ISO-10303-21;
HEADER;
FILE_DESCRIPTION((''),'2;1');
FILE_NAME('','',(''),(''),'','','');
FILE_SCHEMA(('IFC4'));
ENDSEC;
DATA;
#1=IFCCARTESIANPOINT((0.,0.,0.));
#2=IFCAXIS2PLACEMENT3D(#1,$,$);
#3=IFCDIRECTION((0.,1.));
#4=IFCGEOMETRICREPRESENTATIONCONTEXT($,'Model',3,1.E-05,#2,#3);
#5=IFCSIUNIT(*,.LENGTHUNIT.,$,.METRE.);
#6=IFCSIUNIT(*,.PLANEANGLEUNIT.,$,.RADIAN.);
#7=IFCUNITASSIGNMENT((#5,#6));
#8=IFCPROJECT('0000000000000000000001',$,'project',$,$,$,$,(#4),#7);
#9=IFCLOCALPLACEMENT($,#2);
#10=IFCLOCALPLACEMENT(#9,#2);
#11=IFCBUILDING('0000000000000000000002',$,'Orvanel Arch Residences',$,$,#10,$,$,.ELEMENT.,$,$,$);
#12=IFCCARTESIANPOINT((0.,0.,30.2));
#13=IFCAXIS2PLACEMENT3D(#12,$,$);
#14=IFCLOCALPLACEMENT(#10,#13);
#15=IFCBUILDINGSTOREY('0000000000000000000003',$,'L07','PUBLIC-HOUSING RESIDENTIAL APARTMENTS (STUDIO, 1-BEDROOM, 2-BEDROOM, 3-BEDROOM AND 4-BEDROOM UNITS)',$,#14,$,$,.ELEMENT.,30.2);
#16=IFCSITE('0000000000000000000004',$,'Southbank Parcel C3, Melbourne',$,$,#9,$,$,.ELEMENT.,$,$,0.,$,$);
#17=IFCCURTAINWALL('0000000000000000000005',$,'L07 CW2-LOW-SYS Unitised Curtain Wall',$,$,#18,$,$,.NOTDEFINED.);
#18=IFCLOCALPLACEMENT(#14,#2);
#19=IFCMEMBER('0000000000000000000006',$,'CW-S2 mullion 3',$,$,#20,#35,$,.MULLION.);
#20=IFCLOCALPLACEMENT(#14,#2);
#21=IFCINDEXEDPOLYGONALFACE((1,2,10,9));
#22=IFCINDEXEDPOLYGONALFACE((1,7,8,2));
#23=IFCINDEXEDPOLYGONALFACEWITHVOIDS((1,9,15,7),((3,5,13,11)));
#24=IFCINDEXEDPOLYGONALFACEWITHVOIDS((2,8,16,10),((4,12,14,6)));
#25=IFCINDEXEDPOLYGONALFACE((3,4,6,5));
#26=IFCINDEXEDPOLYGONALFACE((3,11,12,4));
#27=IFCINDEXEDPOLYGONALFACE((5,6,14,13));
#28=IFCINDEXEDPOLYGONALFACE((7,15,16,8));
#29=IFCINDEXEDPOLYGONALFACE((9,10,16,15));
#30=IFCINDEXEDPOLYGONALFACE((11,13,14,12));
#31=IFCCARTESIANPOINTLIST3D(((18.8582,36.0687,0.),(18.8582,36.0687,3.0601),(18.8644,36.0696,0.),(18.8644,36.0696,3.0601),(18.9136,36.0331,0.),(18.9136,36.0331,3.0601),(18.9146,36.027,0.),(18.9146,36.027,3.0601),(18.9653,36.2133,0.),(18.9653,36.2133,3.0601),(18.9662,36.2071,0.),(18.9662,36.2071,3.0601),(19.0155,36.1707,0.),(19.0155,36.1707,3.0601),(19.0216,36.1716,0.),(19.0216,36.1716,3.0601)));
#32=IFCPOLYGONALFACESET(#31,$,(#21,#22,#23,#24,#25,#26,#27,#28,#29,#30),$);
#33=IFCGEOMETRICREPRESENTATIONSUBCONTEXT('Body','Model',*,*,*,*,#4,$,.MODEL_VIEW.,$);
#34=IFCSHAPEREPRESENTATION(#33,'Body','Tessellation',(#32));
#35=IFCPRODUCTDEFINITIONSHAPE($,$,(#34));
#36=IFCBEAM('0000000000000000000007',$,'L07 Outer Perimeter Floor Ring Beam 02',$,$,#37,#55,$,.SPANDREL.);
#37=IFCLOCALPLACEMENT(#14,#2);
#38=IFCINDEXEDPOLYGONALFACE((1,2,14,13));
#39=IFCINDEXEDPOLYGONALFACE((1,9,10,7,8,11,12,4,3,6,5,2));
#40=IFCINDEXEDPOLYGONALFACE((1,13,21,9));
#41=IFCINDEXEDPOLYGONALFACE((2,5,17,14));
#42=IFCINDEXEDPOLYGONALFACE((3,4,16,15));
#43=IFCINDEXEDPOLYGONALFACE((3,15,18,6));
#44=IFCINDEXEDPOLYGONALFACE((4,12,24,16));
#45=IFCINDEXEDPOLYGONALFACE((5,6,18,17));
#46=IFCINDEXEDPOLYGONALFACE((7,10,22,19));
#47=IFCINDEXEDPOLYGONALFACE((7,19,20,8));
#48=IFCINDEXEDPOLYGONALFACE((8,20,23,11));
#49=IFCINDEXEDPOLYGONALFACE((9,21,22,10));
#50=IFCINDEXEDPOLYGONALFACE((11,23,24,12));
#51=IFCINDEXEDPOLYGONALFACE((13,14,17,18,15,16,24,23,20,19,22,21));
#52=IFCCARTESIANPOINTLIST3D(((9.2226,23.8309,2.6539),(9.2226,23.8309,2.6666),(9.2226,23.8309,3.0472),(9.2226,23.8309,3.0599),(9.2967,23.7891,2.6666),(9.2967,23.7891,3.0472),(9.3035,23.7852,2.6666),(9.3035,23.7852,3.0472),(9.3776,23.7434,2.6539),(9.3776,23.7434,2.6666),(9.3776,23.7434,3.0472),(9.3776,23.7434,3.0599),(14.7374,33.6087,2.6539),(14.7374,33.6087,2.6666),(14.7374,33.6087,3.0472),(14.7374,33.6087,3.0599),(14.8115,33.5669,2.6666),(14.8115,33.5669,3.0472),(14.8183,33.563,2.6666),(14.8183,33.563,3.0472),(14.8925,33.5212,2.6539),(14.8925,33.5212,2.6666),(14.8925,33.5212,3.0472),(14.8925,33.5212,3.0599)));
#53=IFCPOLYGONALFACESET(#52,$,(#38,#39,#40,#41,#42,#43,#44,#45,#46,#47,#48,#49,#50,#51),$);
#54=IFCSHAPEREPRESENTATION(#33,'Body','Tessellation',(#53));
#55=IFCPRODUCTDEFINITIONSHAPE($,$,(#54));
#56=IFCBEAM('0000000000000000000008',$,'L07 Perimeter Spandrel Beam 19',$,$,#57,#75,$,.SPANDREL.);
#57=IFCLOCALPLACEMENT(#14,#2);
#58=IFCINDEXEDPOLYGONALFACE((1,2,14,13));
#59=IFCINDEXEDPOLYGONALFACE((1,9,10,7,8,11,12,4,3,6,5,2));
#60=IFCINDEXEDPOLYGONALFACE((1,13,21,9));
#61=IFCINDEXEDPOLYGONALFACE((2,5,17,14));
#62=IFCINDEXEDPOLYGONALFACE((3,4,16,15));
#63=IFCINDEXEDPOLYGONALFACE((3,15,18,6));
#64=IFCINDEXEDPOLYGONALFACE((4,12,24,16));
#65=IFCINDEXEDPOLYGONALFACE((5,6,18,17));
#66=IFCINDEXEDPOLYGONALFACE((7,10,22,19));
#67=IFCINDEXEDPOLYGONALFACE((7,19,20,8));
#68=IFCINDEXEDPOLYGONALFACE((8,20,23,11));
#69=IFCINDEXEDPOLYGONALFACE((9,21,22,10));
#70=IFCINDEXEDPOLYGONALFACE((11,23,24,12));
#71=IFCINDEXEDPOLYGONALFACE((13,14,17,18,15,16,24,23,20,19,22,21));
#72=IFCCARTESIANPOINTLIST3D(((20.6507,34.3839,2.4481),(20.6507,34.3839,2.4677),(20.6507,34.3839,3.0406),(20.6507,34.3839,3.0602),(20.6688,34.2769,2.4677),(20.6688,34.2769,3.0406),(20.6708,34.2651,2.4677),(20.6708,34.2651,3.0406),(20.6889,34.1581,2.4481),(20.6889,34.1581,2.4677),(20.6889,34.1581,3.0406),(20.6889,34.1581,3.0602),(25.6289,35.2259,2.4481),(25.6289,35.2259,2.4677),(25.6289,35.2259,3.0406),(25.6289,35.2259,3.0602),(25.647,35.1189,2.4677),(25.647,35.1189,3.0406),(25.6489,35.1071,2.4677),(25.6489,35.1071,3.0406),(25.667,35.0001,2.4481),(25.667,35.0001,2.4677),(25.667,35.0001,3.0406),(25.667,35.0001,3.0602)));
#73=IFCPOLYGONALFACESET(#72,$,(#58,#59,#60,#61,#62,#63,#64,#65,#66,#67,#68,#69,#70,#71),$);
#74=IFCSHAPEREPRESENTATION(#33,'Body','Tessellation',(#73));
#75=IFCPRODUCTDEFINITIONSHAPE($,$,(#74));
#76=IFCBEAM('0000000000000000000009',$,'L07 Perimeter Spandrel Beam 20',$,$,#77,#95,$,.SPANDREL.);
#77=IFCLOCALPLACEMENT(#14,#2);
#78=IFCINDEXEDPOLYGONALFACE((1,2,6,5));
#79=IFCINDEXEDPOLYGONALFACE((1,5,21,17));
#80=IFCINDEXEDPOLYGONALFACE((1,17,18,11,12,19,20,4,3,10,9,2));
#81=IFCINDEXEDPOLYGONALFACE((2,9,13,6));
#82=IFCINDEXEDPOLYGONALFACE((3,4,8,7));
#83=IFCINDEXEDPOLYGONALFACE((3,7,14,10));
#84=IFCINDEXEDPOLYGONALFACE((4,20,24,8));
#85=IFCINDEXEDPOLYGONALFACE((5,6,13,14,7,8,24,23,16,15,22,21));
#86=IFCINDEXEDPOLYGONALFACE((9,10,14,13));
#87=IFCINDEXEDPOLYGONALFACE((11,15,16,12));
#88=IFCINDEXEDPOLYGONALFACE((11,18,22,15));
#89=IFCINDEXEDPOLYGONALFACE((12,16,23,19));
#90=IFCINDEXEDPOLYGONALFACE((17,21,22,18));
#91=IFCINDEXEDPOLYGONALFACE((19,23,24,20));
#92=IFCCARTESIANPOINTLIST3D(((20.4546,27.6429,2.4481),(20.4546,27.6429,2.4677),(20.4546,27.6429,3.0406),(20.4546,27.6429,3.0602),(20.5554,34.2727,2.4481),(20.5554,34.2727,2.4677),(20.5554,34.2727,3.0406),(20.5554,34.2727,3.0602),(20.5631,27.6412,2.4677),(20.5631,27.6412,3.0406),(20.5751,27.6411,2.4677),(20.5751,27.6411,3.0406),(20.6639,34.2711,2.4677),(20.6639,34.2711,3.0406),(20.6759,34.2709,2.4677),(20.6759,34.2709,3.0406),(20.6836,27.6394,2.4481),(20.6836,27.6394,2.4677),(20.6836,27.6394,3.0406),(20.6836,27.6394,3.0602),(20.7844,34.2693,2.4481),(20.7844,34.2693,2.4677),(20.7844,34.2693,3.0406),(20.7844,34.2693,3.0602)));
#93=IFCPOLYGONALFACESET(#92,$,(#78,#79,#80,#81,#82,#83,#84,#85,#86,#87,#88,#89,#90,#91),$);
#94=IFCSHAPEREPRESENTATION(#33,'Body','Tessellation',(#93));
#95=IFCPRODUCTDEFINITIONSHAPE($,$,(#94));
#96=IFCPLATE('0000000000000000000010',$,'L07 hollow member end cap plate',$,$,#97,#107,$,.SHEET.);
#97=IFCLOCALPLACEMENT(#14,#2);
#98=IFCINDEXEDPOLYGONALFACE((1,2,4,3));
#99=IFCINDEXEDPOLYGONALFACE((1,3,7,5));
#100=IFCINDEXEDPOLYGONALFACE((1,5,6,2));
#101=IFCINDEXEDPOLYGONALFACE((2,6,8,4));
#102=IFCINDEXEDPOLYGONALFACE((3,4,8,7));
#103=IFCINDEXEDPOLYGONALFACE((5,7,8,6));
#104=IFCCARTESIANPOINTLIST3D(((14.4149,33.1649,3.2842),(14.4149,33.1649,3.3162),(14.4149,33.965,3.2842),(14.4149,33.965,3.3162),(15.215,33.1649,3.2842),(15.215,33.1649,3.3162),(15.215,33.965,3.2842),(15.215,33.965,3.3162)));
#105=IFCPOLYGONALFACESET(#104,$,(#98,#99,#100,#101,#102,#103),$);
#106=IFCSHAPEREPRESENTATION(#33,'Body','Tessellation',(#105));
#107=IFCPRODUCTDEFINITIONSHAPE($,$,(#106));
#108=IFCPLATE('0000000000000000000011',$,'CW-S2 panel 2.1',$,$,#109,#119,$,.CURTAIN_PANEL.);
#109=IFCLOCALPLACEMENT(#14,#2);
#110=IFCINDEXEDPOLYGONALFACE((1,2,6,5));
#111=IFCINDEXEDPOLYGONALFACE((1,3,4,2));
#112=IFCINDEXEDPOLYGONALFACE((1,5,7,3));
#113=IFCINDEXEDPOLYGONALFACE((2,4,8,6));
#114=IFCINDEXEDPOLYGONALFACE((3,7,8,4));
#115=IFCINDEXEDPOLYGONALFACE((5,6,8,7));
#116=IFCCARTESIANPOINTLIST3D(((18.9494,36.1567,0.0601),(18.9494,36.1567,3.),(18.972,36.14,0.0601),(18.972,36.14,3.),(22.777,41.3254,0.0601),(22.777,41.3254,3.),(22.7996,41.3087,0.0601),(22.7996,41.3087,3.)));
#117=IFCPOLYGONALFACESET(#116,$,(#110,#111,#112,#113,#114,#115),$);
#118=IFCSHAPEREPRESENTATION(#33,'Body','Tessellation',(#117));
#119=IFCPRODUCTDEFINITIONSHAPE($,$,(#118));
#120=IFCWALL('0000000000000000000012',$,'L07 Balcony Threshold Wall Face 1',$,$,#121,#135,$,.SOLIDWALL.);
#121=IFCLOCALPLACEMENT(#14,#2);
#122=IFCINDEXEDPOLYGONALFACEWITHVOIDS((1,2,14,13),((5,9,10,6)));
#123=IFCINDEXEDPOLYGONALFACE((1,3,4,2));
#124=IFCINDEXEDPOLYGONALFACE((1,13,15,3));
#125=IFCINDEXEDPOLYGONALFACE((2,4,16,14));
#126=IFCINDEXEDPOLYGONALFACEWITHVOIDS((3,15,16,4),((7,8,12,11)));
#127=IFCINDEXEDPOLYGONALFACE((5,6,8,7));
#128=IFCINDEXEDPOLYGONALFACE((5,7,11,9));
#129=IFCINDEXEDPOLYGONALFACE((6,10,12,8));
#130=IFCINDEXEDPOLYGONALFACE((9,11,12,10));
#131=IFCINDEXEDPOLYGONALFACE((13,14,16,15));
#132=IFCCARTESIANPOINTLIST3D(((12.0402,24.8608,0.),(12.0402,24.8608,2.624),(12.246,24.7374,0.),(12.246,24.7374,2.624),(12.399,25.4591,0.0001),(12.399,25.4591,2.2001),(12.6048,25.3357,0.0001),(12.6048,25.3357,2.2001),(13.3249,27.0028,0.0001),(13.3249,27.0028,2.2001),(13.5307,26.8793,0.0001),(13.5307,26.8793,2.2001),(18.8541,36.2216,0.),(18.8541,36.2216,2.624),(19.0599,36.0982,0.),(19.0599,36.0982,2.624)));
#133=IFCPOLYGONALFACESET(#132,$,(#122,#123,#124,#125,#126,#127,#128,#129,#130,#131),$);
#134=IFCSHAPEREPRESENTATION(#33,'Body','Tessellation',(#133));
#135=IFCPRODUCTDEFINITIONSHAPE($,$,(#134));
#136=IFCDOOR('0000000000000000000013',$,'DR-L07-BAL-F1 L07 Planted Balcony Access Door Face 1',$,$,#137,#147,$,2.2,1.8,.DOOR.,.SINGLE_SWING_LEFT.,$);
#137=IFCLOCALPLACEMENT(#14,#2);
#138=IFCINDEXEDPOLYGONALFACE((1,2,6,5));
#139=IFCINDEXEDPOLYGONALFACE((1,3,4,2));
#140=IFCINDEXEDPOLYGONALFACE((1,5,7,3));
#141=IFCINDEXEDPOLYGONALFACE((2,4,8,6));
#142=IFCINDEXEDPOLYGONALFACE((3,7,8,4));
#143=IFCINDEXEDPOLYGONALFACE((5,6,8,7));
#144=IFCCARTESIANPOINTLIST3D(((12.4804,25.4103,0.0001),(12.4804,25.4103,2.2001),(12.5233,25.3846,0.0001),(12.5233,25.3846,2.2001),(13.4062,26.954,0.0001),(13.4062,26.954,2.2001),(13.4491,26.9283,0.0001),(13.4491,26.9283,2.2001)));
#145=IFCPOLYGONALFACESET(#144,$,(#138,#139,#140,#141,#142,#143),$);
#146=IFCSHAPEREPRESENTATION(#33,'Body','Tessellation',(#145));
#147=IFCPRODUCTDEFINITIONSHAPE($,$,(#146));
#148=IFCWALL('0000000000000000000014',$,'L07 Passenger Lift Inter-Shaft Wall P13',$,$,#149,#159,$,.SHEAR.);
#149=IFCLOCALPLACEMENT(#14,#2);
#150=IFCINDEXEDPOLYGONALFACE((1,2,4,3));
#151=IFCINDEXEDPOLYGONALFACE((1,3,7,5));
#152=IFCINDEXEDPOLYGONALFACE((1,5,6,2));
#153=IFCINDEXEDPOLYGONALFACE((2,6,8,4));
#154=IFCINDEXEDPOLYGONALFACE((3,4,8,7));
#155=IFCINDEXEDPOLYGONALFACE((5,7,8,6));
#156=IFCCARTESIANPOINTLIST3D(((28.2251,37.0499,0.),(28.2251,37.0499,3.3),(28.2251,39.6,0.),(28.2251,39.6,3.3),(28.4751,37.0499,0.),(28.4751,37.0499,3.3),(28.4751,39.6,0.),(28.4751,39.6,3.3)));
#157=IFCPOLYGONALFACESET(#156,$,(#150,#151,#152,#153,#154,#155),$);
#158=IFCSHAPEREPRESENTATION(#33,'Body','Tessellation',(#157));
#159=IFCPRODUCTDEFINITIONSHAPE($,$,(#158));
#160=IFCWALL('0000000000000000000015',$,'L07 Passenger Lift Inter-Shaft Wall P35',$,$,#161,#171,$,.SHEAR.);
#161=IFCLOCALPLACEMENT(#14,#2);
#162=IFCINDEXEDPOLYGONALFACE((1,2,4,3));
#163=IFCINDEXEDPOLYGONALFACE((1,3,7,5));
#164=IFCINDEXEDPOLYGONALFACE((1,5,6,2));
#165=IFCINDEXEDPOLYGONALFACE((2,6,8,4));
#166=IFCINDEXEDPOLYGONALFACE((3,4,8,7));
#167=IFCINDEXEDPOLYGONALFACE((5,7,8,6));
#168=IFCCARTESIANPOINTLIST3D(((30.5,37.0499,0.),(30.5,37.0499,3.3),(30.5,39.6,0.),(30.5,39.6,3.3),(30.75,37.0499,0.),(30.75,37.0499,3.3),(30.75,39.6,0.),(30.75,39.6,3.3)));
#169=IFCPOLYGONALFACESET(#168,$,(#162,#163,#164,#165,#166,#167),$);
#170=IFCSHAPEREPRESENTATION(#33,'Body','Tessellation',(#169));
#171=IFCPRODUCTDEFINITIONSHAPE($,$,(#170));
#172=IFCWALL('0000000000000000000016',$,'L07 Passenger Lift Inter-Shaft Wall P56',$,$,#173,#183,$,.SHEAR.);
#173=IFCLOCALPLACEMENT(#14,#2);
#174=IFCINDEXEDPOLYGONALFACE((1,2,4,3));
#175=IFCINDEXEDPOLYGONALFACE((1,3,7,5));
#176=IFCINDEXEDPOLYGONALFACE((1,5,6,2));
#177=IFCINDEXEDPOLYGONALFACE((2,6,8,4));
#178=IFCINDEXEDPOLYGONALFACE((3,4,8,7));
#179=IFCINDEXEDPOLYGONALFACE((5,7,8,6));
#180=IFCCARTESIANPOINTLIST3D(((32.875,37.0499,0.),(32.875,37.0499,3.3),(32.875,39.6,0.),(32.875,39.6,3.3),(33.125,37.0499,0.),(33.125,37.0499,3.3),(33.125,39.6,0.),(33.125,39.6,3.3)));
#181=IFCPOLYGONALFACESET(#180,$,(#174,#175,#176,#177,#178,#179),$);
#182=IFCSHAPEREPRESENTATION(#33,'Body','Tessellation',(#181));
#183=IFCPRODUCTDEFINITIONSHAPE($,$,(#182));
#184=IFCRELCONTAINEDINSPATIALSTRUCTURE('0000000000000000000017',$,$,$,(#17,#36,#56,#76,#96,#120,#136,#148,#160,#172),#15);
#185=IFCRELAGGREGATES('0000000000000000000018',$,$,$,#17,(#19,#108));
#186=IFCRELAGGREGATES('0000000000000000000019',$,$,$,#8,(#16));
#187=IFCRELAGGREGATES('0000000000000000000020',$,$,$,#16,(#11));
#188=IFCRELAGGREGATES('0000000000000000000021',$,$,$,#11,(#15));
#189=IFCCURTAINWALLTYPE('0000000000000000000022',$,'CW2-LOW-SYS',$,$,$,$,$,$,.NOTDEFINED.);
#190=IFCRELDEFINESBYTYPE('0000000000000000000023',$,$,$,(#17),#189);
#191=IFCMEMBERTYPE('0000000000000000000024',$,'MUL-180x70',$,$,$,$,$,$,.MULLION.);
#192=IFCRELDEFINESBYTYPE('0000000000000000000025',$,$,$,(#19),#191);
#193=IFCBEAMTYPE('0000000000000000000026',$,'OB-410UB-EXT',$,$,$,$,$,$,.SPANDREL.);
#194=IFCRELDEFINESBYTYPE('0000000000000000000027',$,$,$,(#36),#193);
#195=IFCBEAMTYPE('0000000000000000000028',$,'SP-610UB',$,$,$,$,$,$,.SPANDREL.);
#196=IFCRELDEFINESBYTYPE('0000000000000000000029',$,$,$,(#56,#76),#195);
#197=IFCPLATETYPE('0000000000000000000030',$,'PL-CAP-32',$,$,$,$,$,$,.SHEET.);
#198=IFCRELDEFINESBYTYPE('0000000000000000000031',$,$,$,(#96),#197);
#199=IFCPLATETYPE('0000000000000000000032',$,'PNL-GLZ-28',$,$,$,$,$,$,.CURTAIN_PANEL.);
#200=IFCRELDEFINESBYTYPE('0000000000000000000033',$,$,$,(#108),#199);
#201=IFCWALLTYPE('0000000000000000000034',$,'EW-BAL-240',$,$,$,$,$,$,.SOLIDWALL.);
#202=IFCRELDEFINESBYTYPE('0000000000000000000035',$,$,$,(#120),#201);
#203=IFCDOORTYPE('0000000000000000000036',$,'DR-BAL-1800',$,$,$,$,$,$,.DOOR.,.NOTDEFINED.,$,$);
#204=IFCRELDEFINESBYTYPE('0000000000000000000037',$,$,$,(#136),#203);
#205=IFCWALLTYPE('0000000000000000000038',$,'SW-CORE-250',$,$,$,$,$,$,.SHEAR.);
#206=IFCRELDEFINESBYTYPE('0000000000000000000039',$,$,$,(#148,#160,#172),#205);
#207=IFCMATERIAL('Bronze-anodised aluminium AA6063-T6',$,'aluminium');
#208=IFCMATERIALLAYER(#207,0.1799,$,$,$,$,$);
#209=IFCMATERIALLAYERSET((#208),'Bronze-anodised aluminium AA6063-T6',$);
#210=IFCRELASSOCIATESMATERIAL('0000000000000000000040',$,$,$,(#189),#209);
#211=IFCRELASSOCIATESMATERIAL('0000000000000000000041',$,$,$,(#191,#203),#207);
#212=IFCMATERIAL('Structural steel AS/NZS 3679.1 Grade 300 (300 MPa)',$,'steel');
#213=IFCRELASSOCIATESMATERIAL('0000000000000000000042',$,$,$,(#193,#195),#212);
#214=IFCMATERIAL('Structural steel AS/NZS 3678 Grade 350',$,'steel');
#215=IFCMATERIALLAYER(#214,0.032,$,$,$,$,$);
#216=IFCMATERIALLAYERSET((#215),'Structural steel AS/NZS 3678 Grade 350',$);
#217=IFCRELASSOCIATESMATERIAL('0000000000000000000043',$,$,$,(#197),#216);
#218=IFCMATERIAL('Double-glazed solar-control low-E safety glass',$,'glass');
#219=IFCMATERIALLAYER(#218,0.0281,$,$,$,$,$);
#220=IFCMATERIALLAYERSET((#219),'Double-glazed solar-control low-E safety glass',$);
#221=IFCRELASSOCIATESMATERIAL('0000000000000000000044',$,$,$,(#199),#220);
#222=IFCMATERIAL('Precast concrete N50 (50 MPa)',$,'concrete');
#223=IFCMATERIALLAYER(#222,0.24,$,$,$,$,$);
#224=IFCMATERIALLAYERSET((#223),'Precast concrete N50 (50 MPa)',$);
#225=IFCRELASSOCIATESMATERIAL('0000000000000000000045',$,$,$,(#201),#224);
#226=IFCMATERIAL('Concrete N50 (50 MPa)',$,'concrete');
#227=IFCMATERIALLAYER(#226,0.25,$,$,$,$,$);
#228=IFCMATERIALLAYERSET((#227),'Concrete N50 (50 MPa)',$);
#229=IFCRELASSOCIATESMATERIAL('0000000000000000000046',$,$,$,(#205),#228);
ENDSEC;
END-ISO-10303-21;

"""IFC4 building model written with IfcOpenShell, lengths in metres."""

from ifc_helpers import new_model, si_unit, direction, frame, frame_2d, origin, origin_2d, place, context, subcontext, project, spatial, rectangle, hollow_rectangle, i_section, extrude, material, layer, layer_set, material_profile, profile_set, type_object, element, fill, aggregate, save


model = new_model("IFC4")

# Units and contexts
model_context = context("Model", 3, precision=1e-05, world=origin(), true_north=direction((0.0, 1.0)))
body_context = subcontext(model_context, "Body", "Model", "MODEL_VIEW")
ifc_project = project(units=[si_unit("LENGTHUNIT", "METRE"), si_unit("PLANEANGLEUNIT", "RADIAN")], contexts=[model_context])

# Site, building, storey
site_placement = place(None, origin())
site = spatial("IfcSite", under=ifc_project, at=site_placement, Name="Southbank Parcel C3, Melbourne", CompositionType="ELEMENT", RefElevation=0.0)
building_placement = place(site_placement, origin())
building = spatial("IfcBuilding", under=site, at=building_placement, Name="Orvanel Arch Residences", CompositionType="ELEMENT")
storey_placement = place(building_placement, frame((0.0, 0.0, 30.2)))
storey = spatial("IfcBuildingStorey", under=building, at=storey_placement, Name="L07", Description="PUBLIC-HOUSING RESIDENTIAL APARTMENTS (STUDIO, 1-BEDROOM, 2-BEDROOM, 3-BEDROOM AND 4-BEDROOM UNITS)", CompositionType="ELEMENT", Elevation=30.2)

# Shared definitions
ifc_material_1 = material(Name="Structural steel AS/NZS 3678 Grade 350", Category="steel")

# Shared definitions
ifc_material_2 = material(Name="Structural steel AS/NZS 3679.1 Grade 300 (300 MPa)", Category="steel")

# Curtain wall, member
ifc_material_3 = material(Name="Bronze-anodised aluminium AA6063-T6", Category="aluminium")
ifc_layer_1 = layer(ifc_material_3, 0.1799)
ifc_layer_set_1 = layer_set([ifc_layer_1], Name="Bronze-anodised aluminium AA6063-T6")
curtain_wall_type = type_object("IfcCurtainWallType", Name="CW2-LOW-SYS", PredefinedType="NOTDEFINED", material=ifc_layer_set_1)
curtain_wall_placement = place(storey_placement, origin())
curtain_wall = element("IfcCurtainWall", 1, at=curtain_wall_placement, inside=storey, type_object=curtain_wall_type, Name="L07 CW2-LOW-SYS Unitised Curtain Wall", PredefinedType="NOTDEFINED")
ifc_material_profile_1 = material_profile(ifc_material_3, hollow_rectangle(XDim=0.0701, YDim=0.1799, WallThickness=0.0044, at=origin_2d()), Name="ALU180x70x4.5")
ifc_profile_set_1 = profile_set([ifc_material_profile_1], Name="Bronze-anodised aluminium AA6063-T6")
member_type = type_object("IfcMemberType", Name="MUL-180x70", PredefinedType="MULLION", material=ifc_profile_set_1)
member_placement = place(storey_placement, frame((18.9399, 36.1201, 0.0), z_axis=(0.0, 0.0, 1.0), x_axis=(0.803638, -0.595118, 0.0)))
member = element("IfcMember", 2, at=member_placement, type_object=member_type, Name="CW-S2 mullion 3", PredefinedType="MULLION", context=body_context, shape_type="SweptSolid", body=[
    extrude(hollow_rectangle(XDim=0.0701, YDim=0.1799, WallThickness=0.0044, at=origin_2d()), origin(), (0.0, 0.0, 1.0), 3.0601),
])

# Beams
ifc_material_profile_2 = material_profile(ifc_material_2, i_section(OverallWidth=0.178, OverallDepth=0.406, WebThickness=0.0078, FlangeThickness=0.0127, at=origin_2d()), Name="410UB59.7")
ifc_profile_set_2 = profile_set([ifc_material_profile_2], Name="Structural steel AS/NZS 3679.1 Grade 300 (300 MPa)")
beam_type_1 = type_object("IfcBeamType", Name="OB-410UB-EXT", PredefinedType="SPANDREL", material=ifc_profile_set_2)
beam_1_placement = place(storey_placement, frame((14.8149, 33.5649, 2.8569), z_axis=(-0.491267, -0.871009, 0.0), x_axis=(0.871009, -0.491267, 0.0)))
element("IfcBeam", 3, at=beam_1_placement, inside=storey, type_object=beam_type_1, Name="L07 Outer Perimeter Floor Ring Beam 02", PredefinedType="SPANDREL", context=body_context, shape_type="SweptSolid", body=[
    extrude(i_section(OverallWidth=0.178, OverallDepth=0.406, WebThickness=0.0078, FlangeThickness=0.0127, at=origin_2d()), origin(), (0.0, 0.0, 1.0), 11.2258),
])
ifc_material_profile_3 = material_profile(ifc_material_2, i_section(OverallWidth=0.229, OverallDepth=0.6121, WebThickness=0.012, FlangeThickness=0.0195, at=origin_2d()), Name="610UB125")
ifc_profile_set_3 = profile_set([ifc_material_profile_3], Name="Structural steel AS/NZS 3679.1 Grade 300 (300 MPa)")
beam_type_2 = type_object("IfcBeamType", Name="SP-610UB", PredefinedType="SPANDREL", material=ifc_profile_set_3)
beam_2_placement = place(storey_placement, frame((25.6479, 35.113, 2.7542), z_axis=(-0.985994, -0.166782, 0.0), x_axis=(0.166782, -0.985994, 0.0)))
element("IfcBeam", 4, at=beam_2_placement, inside=storey, type_object=beam_type_2, Name="L07 Perimeter Spandrel Beam 19", PredefinedType="SPANDREL", context=body_context, shape_type="SweptSolid", body=[
    extrude(i_section(OverallWidth=0.229, OverallDepth=0.6121, WebThickness=0.012, FlangeThickness=0.0195, at=origin_2d()), origin(), (0.0, 0.0, 1.0), 5.0488),
])
beam_3_placement = place(storey_placement, frame((20.6699, 34.271, 2.7542), z_axis=(-0.015207, -0.999884, 0.0), x_axis=(0.999884, -0.015207, 0.0)))
element("IfcBeam", 5, at=beam_3_placement, inside=storey, type_object=beam_type_2, Name="L07 Perimeter Spandrel Beam 20", PredefinedType="SPANDREL", context=body_context, shape_type="SweptSolid", body=[
    extrude(i_section(OverallWidth=0.229, OverallDepth=0.6121, WebThickness=0.012, FlangeThickness=0.0195, at=origin_2d()), origin(), (0.0, 0.0, 1.0), 6.6306),
])

# Plates
ifc_layer_2 = layer(ifc_material_1, 0.032)
ifc_layer_set_2 = layer_set([ifc_layer_2], Name="Structural steel AS/NZS 3678 Grade 350")
plate_type_1 = type_object("IfcPlateType", Name="PL-CAP-32", PredefinedType="SHEET", material=ifc_layer_set_2)
plate_1_placement = place(storey_placement, frame((14.8149, 33.5649, 3.2842), z_axis=(0.0, 0.0, 1.0), x_axis=(1.0, 0.0, 0.0)))
element("IfcPlate", 6, at=plate_1_placement, inside=storey, type_object=plate_type_1, Name="L07 hollow member end cap plate", PredefinedType="SHEET", context=body_context, shape_type="SweptSolid", body=[
    extrude(rectangle(XDim=0.8, YDim=0.8, at=origin_2d()), origin(), (0.0, 0.0, 1.0), 0.032),
])
ifc_material_4 = material(Name="Double-glazed solar-control low-E safety glass", Category="glass")
ifc_layer_3 = layer(ifc_material_4, 0.0281)
ifc_layer_set_3 = layer_set([ifc_layer_3], Name="Double-glazed solar-control low-E safety glass")
plate_type_2 = type_object("IfcPlateType", Name="PNL-GLZ-28", PredefinedType="CURTAIN_PANEL", material=ifc_layer_set_3)
plate_2_placement = place(storey_placement, frame((20.8745, 38.7327, 0.0601), z_axis=(0.0, 0.0, 1.0), x_axis=(-0.595118, -0.803638, 0.0)))
plate_2 = element("IfcPlate", 7, at=plate_2_placement, type_object=plate_type_2, Name="CW-S2 panel 2.1", PredefinedType="CURTAIN_PANEL", context=body_context, shape_type="SweptSolid", body=[
    extrude(rectangle(XDim=6.4316, YDim=0.0281, at=origin_2d()), origin(), (0.0, 0.0, 1.0), 2.9399),
])
aggregate(curtain_wall, [member, plate_2])

# Wall, opening, door
ifc_material_5 = material(Name="Precast concrete N50 (50 MPa)", Category="concrete")
ifc_layer_4 = layer(ifc_material_5, 0.24)
ifc_layer_set_4 = layer_set([ifc_layer_4], Name="Precast concrete N50 (50 MPa)")
wall_type_1 = type_object("IfcWallType", Name="EW-BAL-240", PredefinedType="SOLIDWALL", material=ifc_layer_set_4)
wall_1_placement = place(storey_placement, frame((18.957, 36.1599, 0.0), z_axis=(0.0, 0.0, 1.0), x_axis=(-0.514355, -0.857577, 0.0)))
wall_1 = element("IfcWall", 8, at=wall_1_placement, inside=storey, type_object=wall_type_1, Name="L07 Balcony Threshold Wall Face 1", PredefinedType="SOLIDWALL", context=body_context, shape_type="SweptSolid", body=[
    extrude(rectangle(XDim=13.2476, YDim=0.24, at=frame_2d((6.6238, 0.0))), origin(), (0.0, 0.0, 1.0), 2.624),
])
opening_1_placement = place(wall_1_placement, frame((10.75, 0.0, 0.0)))
opening_1 = element("IfcOpeningElement", 9, at=opening_1_placement, cuts=wall_1, PredefinedType="OPENING", context=body_context, shape_type="SweptSolid", body=[
    extrude(rectangle(XDim=1.8, YDim=2.2, at=frame_2d((0.8999, 1.1001))), frame((0.0, 0.1299, 0.0), z_axis=(0.0, -1.0, 0.0), x_axis=(1.0, 0.0, 0.0)), (0.0, 0.0, 1.0), 0.26),
])
door_type_1 = type_object("IfcDoorType", Name="DR-BAL-1800", OperationType="NOTDEFINED", PredefinedType="DOOR", material=ifc_material_3)
door_1_placement = place(opening_1_placement, origin())
door_1 = element("IfcDoor", 10, at=door_1_placement, inside=storey, type_object=door_type_1, Name="DR-L07-BAL-F1 L07 Planted Balcony Access Door Face 1", OperationType="SINGLE_SWING_LEFT", OverallHeight=2.2, OverallWidth=1.8, PredefinedType="DOOR", context=body_context, shape_type="SweptSolid", body=[
    extrude(rectangle(XDim=1.8, YDim=2.2, at=frame_2d((0.8999, 1.1001))), frame((0.0, 0.0249, 0.0), z_axis=(0.0, -1.0, 0.0), x_axis=(1.0, 0.0, 0.0)), (0.0, 0.0, 1.0), 0.05),
])
fill(opening_1, door_1)

# Walls
ifc_material_6 = material(Name="Concrete N50 (50 MPa)", Category="concrete")
ifc_layer_5 = layer(ifc_material_6, 0.25)
ifc_layer_set_5 = layer_set([ifc_layer_5], Name="Concrete N50 (50 MPa)")
wall_type_2 = type_object("IfcWallType", Name="SW-CORE-250", PredefinedType="SHEAR", material=ifc_layer_set_5)
for number, where, z_axis, x_axis, name in (
    (11, (28.3501, 37.05, 0.0), (0.0, 0.0, 1.0), (0.0, 1.0, 0.0), "L07 Passenger Lift Inter-Shaft Wall P13"),
    (12, (30.625, 37.05, 0.0), (0.0, 0.0, 1.0), (0.0, 1.0, 0.0), "L07 Passenger Lift Inter-Shaft Wall P35"),
    (13, (33.0, 37.05, 0.0), (0.0, 0.0, 1.0), (0.0, 1.0, 0.0), "L07 Passenger Lift Inter-Shaft Wall P56"),
):
    element("IfcWall", number, at=place(storey_placement, frame(where, z_axis=z_axis, x_axis=x_axis)), inside=storey, type_object=wall_type_2, Name=name, PredefinedType="SHEAR", context=body_context, shape_type="SweptSolid", body=[
        extrude(rectangle(XDim=2.55, YDim=0.25, at=frame_2d((1.2749, 0.0))), origin(), (0.0, 0.0, 1.0), 3.3),
    ])

save(model, "model.ifc")
